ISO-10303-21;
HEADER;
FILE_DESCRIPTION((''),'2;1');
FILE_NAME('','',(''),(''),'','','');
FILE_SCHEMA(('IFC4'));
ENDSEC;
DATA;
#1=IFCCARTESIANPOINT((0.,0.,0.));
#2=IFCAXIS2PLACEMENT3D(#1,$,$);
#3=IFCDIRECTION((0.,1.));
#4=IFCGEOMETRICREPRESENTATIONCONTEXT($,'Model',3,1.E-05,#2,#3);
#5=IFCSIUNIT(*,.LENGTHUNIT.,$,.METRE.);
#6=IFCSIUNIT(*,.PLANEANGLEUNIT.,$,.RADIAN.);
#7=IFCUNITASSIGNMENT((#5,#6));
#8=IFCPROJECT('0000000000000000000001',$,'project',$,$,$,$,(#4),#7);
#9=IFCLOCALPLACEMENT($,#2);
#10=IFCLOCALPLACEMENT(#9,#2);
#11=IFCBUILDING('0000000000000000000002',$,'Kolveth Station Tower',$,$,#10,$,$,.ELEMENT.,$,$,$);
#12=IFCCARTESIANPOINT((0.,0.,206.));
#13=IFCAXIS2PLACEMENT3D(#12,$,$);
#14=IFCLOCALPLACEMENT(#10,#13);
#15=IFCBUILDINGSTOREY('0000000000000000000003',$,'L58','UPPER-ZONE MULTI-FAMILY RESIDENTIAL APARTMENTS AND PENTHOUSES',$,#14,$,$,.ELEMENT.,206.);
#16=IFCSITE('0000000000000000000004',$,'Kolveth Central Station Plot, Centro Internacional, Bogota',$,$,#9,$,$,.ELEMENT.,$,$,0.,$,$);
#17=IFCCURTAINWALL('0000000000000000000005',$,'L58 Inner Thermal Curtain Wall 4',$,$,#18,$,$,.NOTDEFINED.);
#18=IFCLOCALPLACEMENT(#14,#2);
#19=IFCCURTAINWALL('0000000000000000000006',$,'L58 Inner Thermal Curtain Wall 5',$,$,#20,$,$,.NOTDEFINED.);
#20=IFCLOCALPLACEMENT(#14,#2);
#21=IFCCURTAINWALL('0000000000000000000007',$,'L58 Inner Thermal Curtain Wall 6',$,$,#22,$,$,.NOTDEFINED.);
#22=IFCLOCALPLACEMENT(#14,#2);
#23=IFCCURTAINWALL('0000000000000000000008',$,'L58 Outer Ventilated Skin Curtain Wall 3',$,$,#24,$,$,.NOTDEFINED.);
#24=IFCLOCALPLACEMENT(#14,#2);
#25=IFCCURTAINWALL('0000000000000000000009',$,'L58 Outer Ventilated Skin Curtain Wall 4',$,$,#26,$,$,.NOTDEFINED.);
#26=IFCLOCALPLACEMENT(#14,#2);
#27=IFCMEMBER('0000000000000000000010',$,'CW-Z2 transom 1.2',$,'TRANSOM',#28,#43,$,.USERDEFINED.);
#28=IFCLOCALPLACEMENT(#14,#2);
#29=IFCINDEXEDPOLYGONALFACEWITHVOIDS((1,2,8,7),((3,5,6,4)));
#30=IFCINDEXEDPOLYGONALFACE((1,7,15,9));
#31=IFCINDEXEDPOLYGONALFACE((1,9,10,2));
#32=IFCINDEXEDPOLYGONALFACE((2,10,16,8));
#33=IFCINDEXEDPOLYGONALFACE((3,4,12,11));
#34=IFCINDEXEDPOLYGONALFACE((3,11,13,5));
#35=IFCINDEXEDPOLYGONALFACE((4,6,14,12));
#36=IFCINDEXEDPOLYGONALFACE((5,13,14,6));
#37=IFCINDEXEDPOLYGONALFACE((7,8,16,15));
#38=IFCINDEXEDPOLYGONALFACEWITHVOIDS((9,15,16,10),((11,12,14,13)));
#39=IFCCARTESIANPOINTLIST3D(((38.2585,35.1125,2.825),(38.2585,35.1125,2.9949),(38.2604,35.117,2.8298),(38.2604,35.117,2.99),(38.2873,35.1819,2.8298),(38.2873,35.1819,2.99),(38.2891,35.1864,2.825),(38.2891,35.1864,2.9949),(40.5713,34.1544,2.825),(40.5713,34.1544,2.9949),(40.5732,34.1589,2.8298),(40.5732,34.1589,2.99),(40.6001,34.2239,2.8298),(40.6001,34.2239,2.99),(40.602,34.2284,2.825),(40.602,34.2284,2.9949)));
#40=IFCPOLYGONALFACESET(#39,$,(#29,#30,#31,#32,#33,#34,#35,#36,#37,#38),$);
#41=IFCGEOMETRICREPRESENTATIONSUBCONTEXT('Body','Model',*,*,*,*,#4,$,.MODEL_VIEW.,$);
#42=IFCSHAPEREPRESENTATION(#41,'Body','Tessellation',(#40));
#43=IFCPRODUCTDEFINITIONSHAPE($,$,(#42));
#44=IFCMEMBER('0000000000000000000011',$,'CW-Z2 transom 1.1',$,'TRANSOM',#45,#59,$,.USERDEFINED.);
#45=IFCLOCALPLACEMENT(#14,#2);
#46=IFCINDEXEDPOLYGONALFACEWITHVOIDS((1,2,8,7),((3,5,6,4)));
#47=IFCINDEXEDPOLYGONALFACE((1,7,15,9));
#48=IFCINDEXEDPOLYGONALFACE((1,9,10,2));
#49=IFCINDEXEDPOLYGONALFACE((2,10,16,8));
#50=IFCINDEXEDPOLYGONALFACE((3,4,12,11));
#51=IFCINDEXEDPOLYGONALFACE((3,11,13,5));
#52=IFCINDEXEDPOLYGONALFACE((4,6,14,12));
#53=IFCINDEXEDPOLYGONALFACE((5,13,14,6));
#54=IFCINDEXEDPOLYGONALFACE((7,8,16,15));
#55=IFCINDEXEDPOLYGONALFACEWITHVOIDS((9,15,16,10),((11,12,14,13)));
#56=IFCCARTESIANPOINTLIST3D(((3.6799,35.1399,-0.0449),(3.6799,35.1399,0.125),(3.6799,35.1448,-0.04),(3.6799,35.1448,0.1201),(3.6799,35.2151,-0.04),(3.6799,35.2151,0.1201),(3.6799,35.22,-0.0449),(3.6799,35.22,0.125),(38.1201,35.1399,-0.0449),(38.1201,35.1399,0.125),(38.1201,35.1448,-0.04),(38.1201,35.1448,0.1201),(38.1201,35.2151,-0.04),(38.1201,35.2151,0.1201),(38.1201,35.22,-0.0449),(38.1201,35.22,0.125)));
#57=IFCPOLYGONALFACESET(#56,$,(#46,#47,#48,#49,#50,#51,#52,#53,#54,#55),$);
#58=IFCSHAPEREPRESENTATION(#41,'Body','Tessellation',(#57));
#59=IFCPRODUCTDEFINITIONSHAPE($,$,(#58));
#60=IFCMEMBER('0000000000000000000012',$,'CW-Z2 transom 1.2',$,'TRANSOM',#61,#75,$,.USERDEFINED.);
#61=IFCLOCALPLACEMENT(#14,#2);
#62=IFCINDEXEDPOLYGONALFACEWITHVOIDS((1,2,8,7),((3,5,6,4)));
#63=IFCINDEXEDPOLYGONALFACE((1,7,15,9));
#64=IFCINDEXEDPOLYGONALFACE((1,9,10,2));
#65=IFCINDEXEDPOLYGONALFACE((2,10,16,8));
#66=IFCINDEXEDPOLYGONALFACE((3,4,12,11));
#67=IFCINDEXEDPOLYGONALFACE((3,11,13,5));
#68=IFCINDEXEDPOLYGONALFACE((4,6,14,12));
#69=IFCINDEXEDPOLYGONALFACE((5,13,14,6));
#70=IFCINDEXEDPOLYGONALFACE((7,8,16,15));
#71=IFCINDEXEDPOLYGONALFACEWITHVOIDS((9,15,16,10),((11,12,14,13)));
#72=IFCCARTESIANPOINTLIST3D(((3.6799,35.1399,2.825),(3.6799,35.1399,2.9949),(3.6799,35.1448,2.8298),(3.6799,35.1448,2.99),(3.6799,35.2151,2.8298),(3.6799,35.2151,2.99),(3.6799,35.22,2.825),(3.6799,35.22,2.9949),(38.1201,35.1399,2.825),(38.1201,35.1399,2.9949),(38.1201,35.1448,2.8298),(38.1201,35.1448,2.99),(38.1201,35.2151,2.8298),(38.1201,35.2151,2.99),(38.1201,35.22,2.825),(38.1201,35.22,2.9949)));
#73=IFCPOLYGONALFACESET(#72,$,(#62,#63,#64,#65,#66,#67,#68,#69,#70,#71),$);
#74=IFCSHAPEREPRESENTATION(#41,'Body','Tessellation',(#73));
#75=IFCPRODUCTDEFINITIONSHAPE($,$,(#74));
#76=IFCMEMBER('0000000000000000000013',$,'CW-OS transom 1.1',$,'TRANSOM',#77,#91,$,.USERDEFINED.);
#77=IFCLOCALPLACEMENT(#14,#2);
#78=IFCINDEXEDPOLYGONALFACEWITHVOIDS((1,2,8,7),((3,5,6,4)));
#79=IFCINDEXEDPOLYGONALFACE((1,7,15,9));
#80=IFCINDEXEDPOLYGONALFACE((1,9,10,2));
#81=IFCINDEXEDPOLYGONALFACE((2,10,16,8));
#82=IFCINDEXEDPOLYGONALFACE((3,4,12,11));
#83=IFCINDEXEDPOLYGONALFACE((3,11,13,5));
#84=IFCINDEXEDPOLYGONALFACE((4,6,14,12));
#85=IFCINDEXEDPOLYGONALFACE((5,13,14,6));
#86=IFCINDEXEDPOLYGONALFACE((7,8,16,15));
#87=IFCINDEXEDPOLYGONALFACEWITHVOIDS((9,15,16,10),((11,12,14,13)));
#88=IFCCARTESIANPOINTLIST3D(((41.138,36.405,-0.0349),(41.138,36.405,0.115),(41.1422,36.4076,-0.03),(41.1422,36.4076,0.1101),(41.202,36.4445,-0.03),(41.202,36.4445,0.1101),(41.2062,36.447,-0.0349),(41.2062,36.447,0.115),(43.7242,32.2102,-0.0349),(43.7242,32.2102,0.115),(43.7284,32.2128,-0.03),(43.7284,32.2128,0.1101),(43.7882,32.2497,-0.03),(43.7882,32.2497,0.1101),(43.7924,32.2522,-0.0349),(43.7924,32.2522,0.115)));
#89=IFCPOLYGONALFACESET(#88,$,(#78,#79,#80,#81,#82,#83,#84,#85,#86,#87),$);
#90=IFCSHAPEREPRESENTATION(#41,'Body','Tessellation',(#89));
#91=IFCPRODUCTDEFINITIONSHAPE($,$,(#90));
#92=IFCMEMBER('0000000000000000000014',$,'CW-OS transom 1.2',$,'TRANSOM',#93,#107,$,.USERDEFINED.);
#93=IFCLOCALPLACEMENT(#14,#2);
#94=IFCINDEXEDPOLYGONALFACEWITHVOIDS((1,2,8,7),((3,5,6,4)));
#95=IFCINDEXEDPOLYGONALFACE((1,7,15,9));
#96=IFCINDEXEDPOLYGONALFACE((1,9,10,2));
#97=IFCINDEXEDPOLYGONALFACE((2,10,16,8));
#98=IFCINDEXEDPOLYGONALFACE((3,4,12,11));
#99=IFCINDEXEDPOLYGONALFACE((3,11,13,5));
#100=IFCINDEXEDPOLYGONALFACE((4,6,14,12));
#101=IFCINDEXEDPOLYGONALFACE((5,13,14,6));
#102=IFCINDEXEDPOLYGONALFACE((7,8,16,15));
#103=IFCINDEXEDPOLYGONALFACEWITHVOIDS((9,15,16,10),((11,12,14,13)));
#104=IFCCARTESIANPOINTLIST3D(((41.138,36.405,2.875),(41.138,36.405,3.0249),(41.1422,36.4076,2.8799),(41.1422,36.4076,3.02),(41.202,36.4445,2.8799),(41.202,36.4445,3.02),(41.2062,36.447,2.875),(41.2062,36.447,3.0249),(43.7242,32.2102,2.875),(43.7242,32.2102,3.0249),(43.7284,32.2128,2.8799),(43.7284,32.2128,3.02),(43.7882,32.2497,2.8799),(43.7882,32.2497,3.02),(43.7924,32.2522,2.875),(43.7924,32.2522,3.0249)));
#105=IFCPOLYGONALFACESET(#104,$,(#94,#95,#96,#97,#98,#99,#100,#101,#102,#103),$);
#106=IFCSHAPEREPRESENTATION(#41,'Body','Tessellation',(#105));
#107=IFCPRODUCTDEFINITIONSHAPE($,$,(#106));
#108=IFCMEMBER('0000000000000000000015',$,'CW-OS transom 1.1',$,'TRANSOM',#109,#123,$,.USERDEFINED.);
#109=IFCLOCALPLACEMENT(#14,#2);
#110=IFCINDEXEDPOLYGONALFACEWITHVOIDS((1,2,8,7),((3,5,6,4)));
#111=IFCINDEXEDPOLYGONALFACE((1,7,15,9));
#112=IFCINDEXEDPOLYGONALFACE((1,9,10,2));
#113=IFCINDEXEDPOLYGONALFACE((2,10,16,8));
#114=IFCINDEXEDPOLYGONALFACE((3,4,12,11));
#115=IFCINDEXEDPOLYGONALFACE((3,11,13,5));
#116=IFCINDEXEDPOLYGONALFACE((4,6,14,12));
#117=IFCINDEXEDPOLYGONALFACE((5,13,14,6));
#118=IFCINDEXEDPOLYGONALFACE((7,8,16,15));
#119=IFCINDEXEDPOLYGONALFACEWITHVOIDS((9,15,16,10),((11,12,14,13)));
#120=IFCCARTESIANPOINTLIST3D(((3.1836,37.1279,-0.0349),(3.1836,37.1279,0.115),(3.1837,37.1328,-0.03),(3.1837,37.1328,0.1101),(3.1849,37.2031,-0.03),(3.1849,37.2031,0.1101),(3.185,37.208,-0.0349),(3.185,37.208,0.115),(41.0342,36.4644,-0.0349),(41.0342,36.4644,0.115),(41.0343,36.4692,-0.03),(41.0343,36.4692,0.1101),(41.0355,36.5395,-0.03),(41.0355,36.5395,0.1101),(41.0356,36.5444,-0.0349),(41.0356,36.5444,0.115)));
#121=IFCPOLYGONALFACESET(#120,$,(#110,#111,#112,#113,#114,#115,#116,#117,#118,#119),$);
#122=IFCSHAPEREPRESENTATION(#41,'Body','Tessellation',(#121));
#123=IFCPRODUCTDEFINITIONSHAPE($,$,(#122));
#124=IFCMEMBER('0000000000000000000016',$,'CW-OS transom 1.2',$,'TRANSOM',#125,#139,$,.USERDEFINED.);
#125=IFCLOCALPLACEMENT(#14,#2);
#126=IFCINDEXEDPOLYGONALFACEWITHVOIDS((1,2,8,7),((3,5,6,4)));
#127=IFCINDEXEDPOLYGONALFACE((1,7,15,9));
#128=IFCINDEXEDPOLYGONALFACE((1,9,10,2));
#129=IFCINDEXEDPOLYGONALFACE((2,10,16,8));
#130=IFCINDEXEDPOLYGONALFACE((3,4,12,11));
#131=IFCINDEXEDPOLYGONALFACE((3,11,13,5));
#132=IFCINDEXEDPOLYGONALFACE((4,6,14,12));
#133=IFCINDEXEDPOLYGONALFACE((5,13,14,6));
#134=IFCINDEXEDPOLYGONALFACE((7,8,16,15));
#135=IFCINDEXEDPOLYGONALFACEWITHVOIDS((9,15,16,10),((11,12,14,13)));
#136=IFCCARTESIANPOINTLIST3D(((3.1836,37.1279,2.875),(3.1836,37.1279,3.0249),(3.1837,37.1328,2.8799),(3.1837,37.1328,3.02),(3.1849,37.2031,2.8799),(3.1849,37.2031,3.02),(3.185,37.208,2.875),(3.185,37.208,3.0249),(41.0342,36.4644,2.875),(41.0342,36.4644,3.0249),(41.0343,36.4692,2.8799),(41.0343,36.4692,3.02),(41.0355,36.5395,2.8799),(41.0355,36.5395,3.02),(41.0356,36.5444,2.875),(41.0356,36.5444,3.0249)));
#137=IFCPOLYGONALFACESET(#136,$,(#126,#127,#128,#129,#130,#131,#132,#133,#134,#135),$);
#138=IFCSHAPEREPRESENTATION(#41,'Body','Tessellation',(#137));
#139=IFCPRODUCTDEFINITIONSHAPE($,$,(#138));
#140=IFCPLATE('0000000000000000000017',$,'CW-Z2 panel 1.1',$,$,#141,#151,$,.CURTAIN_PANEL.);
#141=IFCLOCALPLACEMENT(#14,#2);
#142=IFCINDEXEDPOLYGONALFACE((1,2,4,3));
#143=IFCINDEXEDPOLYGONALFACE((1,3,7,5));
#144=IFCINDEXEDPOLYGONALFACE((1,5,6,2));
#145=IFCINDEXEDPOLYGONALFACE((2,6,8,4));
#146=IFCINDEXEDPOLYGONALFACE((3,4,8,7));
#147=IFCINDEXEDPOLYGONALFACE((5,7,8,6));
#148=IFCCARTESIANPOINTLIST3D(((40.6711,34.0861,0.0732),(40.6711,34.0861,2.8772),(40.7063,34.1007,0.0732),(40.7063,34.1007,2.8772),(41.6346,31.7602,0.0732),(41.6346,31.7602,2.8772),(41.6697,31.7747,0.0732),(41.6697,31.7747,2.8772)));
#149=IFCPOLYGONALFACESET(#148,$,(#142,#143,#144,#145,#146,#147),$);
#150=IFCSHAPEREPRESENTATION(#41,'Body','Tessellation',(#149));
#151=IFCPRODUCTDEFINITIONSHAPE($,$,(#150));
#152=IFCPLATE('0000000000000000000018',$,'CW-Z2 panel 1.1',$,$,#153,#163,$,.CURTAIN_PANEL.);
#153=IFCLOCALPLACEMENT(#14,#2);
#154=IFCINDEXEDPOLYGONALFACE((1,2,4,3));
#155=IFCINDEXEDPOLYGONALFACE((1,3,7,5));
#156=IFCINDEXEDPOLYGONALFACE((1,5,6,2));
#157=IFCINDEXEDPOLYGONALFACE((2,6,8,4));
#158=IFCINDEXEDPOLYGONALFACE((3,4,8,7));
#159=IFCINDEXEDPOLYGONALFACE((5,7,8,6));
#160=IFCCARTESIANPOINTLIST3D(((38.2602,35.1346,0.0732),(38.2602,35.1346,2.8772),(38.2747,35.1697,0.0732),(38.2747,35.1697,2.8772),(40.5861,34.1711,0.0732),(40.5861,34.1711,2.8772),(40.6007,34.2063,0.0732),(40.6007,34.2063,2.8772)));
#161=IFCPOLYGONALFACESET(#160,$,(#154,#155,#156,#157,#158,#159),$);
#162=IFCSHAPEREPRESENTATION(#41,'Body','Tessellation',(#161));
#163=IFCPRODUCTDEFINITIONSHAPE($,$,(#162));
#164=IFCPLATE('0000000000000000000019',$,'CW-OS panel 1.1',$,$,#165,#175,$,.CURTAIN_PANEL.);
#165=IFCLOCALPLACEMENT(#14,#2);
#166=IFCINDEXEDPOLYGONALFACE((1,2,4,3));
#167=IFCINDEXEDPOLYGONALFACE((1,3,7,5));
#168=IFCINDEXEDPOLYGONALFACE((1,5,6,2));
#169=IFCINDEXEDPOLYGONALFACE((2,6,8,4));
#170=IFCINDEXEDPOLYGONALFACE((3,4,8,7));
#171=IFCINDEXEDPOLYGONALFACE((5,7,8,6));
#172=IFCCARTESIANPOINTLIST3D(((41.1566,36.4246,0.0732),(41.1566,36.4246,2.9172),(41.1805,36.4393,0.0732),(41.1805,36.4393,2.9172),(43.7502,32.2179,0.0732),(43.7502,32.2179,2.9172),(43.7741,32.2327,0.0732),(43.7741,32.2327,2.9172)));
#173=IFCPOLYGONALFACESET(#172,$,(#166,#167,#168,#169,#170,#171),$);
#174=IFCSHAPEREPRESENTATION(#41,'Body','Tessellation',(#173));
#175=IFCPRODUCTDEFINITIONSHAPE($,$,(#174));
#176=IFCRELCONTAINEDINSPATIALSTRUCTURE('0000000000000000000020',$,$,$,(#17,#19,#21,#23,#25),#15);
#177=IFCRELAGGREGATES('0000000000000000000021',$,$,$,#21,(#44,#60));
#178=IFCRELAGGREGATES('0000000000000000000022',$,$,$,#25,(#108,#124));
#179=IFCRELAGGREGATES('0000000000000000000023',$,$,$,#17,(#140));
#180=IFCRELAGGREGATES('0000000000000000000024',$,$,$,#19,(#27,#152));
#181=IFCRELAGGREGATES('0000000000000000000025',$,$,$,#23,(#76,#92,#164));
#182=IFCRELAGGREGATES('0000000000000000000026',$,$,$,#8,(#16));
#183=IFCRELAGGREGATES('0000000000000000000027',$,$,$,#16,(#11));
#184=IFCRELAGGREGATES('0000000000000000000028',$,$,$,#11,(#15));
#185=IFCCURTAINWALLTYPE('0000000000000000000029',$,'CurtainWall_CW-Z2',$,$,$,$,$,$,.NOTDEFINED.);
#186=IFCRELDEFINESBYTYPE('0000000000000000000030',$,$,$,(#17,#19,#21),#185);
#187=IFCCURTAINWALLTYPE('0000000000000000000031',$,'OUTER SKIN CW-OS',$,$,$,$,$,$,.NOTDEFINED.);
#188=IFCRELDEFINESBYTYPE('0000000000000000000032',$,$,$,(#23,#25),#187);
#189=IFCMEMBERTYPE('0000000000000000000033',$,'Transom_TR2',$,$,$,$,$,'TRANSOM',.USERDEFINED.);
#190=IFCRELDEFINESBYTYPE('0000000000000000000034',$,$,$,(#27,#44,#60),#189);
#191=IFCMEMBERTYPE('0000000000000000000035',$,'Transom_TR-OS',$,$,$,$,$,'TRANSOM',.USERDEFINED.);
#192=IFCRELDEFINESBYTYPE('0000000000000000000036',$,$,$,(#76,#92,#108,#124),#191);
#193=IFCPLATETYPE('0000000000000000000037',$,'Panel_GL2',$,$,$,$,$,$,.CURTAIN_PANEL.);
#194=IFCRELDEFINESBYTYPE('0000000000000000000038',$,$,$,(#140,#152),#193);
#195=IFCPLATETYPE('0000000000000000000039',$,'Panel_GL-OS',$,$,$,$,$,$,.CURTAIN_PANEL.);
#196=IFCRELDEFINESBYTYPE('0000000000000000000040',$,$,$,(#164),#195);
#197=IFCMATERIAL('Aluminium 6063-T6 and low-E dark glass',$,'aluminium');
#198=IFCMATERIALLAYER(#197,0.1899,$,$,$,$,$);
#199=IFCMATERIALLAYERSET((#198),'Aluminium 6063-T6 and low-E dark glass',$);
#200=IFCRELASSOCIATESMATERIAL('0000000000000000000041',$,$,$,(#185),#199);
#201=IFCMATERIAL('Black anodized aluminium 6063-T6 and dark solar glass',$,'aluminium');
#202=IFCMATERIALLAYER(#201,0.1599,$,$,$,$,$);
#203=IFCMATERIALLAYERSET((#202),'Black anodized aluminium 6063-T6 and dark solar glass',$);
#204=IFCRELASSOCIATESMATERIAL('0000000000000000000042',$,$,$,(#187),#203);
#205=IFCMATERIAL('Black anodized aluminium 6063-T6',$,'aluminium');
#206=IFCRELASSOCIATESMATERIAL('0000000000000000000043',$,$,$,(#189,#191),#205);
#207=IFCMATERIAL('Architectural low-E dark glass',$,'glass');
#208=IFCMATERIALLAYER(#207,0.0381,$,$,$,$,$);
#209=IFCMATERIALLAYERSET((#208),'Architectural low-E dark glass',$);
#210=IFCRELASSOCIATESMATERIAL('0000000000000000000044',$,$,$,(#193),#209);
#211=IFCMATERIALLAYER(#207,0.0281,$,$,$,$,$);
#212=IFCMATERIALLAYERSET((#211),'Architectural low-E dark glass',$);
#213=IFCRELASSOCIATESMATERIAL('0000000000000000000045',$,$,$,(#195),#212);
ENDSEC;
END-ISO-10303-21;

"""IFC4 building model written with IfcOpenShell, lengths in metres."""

from ifc_helpers import new_model, si_unit, direction, frame, origin, origin_2d, place, context, subcontext, project, spatial, rectangle, hollow_rectangle, extrude, source, transform, mapped, material, layer, layer_set, material_profile, profile_set, type_object, element, aggregate, save


model = new_model("IFC4")

# Units and contexts
model_context = context("Model", 3, precision=1e-05, world=origin(), true_north=direction((0.0, 1.0)))
body_context = subcontext(model_context, "Body", "Model", "MODEL_VIEW")
ifc_project = project(units=[si_unit("LENGTHUNIT", "METRE"), si_unit("PLANEANGLEUNIT", "RADIAN")], contexts=[model_context])

# Site, building, storey
site_placement = place(None, origin())
site = spatial("IfcSite", under=ifc_project, at=site_placement, Name="Kolveth Central Station Plot, Centro Internacional, Bogota", CompositionType="ELEMENT", RefElevation=0.0)
building_placement = place(site_placement, origin())
building = spatial("IfcBuilding", under=site, at=building_placement, Name="Kolveth Station Tower", CompositionType="ELEMENT")
storey_placement = place(building_placement, frame((0.0, 0.0, 206.0)))
storey = spatial("IfcBuildingStorey", under=building, at=storey_placement, Name="L58", Description="UPPER-ZONE MULTI-FAMILY RESIDENTIAL APARTMENTS AND PENTHOUSES", CompositionType="ELEMENT", Elevation=206.0)

# Curtain wall
ifc_material_1 = material(Name="Aluminium 6063-T6 and low-E dark glass", Category="aluminium")
ifc_layer_1 = layer(ifc_material_1, 0.1899)
ifc_layer_set_1 = layer_set([ifc_layer_1], Name="Aluminium 6063-T6 and low-E dark glass")
curtain_wall_type_1 = type_object("IfcCurtainWallType", Name="CurtainWall_CW-Z2", PredefinedType="NOTDEFINED", material=ifc_layer_set_1)
curtain_wall_1_placement = place(storey_placement, origin())
curtain_wall_1 = element("IfcCurtainWall", 1, at=curtain_wall_1_placement, inside=storey, type_object=curtain_wall_type_1, Name="L58 Inner Thermal Curtain Wall 4", PredefinedType="NOTDEFINED")
ifc_material_2 = material(Name="Black anodized aluminium 6063-T6", Category="aluminium")

# Curtain wall
curtain_wall_2_placement = place(storey_placement, origin())
curtain_wall_2 = element("IfcCurtainWall", 2, at=curtain_wall_2_placement, inside=storey, type_object=curtain_wall_type_1, Name="L58 Inner Thermal Curtain Wall 5", PredefinedType="NOTDEFINED")

# Curtain wall
curtain_wall_3_placement = place(storey_placement, origin())
curtain_wall_3 = element("IfcCurtainWall", 3, at=curtain_wall_3_placement, inside=storey, type_object=curtain_wall_type_1, Name="L58 Inner Thermal Curtain Wall 6", PredefinedType="NOTDEFINED")
ifc_material_3 = material(Name="Black anodized aluminium 6063-T6 and dark solar glass", Category="aluminium")
ifc_layer_2 = layer(ifc_material_3, 0.1599)
ifc_layer_set_2 = layer_set([ifc_layer_2], Name="Black anodized aluminium 6063-T6 and dark solar glass")
curtain_wall_type_2 = type_object("IfcCurtainWallType", Name="OUTER SKIN CW-OS", PredefinedType="NOTDEFINED", material=ifc_layer_set_2)

# Curtain wall
curtain_wall_4_placement = place(storey_placement, origin())
curtain_wall_4 = element("IfcCurtainWall", 4, at=curtain_wall_4_placement, inside=storey, type_object=curtain_wall_type_2, Name="L58 Outer Ventilated Skin Curtain Wall 3", PredefinedType="NOTDEFINED")

# Curtain wall
curtain_wall_5_placement = place(storey_placement, origin())
curtain_wall_5 = element("IfcCurtainWall", 5, at=curtain_wall_5_placement, inside=storey, type_object=curtain_wall_type_2, Name="L58 Outer Ventilated Skin Curtain Wall 4", PredefinedType="NOTDEFINED")

# Members
ifc_material_profile_1 = material_profile(ifc_material_2, hollow_rectangle(XDim=0.0801, YDim=0.1699, WallThickness=0.0049, at=origin_2d()), Name="ALU-80x170x5")
ifc_profile_set_1 = profile_set([ifc_material_profile_1], Name="Black anodized aluminium 6063-T6")
member_type_1 = type_object("IfcMemberType", Name="Transom_TR2", ElementType="TRANSOM", PredefinedType="USERDEFINED", material=ifc_profile_set_1)
shared_shape_1 = source(origin(), body_context, "Body", "SweptSolid", [
    extrude(hollow_rectangle(XDim=0.0801, YDim=0.1699, WallThickness=0.0049, at=origin_2d()), origin(), (0.0, 0.0, 1.0), 2.5034),
])
member_1_placement = place(storey_placement, frame((40.5867, 34.1914, 2.9099), z_axis=(-0.923874, 0.382696, 0.0), x_axis=(-0.382696, -0.923874, 0.0)))
member_1 = element("IfcMember", 6, at=member_1_placement, type_object=member_type_1, Name="CW-Z2 transom 1.2", ObjectType="TRANSOM", PredefinedType="USERDEFINED", context=body_context, shape_type="MappedRepresentation", body=[
    mapped(shared_shape_1, transform((0.0, 0.0, 0.0), x_axis=(1.0, 0.0, 0.0), y_axis=(0.0, 1.0, 0.0), z_axis=(0.0, 0.0, 1.0), scale=1.0)),
])
shared_shape_2 = source(origin(), body_context, "Body", "SweptSolid", [
    extrude(hollow_rectangle(XDim=0.0801, YDim=0.1699, WallThickness=0.0049, at=origin_2d()), origin(), (0.0, 0.0, 1.0), 34.4402),
])
member_2_placement = place(storey_placement, frame((38.1201, 35.1799, 0.04), z_axis=(-1.0, 0.0, 0.0), x_axis=(0.0, -1.0, 0.0)))
member_2 = element("IfcMember", 7, at=member_2_placement, type_object=member_type_1, Name="CW-Z2 transom 1.1", ObjectType="TRANSOM", PredefinedType="USERDEFINED", context=body_context, shape_type="MappedRepresentation", body=[
    mapped(shared_shape_2, transform((0.0, 0.0, 0.0), x_axis=(1.0, 0.0, 0.0), y_axis=(0.0, 1.0, 0.0), z_axis=(0.0, 0.0, 1.0), scale=1.0)),
])
member_3_placement = place(storey_placement, frame((38.1201, 35.1799, 2.9099), z_axis=(-1.0, 0.0, 0.0), x_axis=(0.0, -1.0, 0.0)))
member_3 = element("IfcMember", 8, at=member_3_placement, type_object=member_type_1, Name="CW-Z2 transom 1.2", ObjectType="TRANSOM", PredefinedType="USERDEFINED", context=body_context, shape_type="MappedRepresentation", body=[
    mapped(shared_shape_2, transform((0.0, 0.0, 0.0), x_axis=(1.0, 0.0, 0.0), y_axis=(0.0, 1.0, 0.0), z_axis=(0.0, 0.0, 1.0), scale=1.0)),
])
aggregate(curtain_wall_3, [member_2, member_3])
ifc_material_profile_2 = material_profile(ifc_material_2, hollow_rectangle(XDim=0.0801, YDim=0.1499, WallThickness=0.0049, at=origin_2d()), Name="ALU-80x150x5")
ifc_profile_set_2 = profile_set([ifc_material_profile_2], Name="Black anodized aluminium 6063-T6")
member_type_2 = type_object("IfcMemberType", Name="Transom_TR-OS", ElementType="TRANSOM", PredefinedType="USERDEFINED", material=ifc_profile_set_2)
shared_shape_3 = source(origin(), body_context, "Body", "SweptSolid", [
    extrude(hollow_rectangle(XDim=0.0801, YDim=0.1499, WallThickness=0.0049, at=origin_2d()), origin(), (0.0, 0.0, 1.0), 4.928),
])
member_4_placement = place(storey_placement, frame((43.7583, 32.2312, 0.04), z_axis=(-0.524797, 0.851228, 0.0), x_axis=(-0.851228, -0.524797, 0.0)))
member_4 = element("IfcMember", 9, at=member_4_placement, type_object=member_type_2, Name="CW-OS transom 1.1", ObjectType="TRANSOM", PredefinedType="USERDEFINED", context=body_context, shape_type="MappedRepresentation", body=[
    mapped(shared_shape_3, transform((0.0, 0.0, 0.0), x_axis=(1.0, 0.0, 0.0), y_axis=(0.0, 1.0, 0.0), z_axis=(0.0, 0.0, 1.0), scale=1.0)),
])
member_5_placement = place(storey_placement, frame((43.7583, 32.2312, 2.95), z_axis=(-0.524797, 0.851228, 0.0), x_axis=(-0.851228, -0.524797, 0.0)))
member_5 = element("IfcMember", 10, at=member_5_placement, type_object=member_type_2, Name="CW-OS transom 1.2", ObjectType="TRANSOM", PredefinedType="USERDEFINED", context=body_context, shape_type="MappedRepresentation", body=[
    mapped(shared_shape_3, transform((0.0, 0.0, 0.0), x_axis=(1.0, 0.0, 0.0), y_axis=(0.0, 1.0, 0.0), z_axis=(0.0, 0.0, 1.0), scale=1.0)),
])
shared_shape_4 = source(origin(), body_context, "Body", "SweptSolid", [
    extrude(hollow_rectangle(XDim=0.0801, YDim=0.1499, WallThickness=0.0049, at=origin_2d()), origin(), (0.0, 0.0, 1.0), 37.8564),
])
member_6_placement = place(storey_placement, frame((41.0349, 36.5044, 0.04), z_axis=(-0.999846, 0.017529, 0.0), x_axis=(-0.017529, -0.999846, 0.0)))
member_6 = element("IfcMember", 11, at=member_6_placement, type_object=member_type_2, Name="CW-OS transom 1.1", ObjectType="TRANSOM", PredefinedType="USERDEFINED", context=body_context, shape_type="MappedRepresentation", body=[
    mapped(shared_shape_4, transform((0.0, 0.0, 0.0), x_axis=(1.0, 0.0, 0.0), y_axis=(0.0, 1.0, 0.0), z_axis=(0.0, 0.0, 1.0), scale=1.0)),
])
member_7_placement = place(storey_placement, frame((41.0349, 36.5044, 2.95), z_axis=(-0.999846, 0.017529, 0.0), x_axis=(-0.017529, -0.999846, 0.0)))
member_7 = element("IfcMember", 12, at=member_7_placement, type_object=member_type_2, Name="CW-OS transom 1.2", ObjectType="TRANSOM", PredefinedType="USERDEFINED", context=body_context, shape_type="MappedRepresentation", body=[
    mapped(shared_shape_4, transform((0.0, 0.0, 0.0), x_axis=(1.0, 0.0, 0.0), y_axis=(0.0, 1.0, 0.0), z_axis=(0.0, 0.0, 1.0), scale=1.0)),
])
aggregate(curtain_wall_5, [member_6, member_7])

# Plates
ifc_material_4 = material(Name="Architectural low-E dark glass", Category="glass")
ifc_layer_3 = layer(ifc_material_4, 0.0381)
ifc_layer_set_3 = layer_set([ifc_layer_3], Name="Architectural low-E dark glass")
plate_type_1 = type_object("IfcPlateType", Name="Panel_GL2", PredefinedType="CURTAIN_PANEL", material=ifc_layer_set_3)
shared_shape_5 = source(origin(), body_context, "Body", "SweptSolid", [
    extrude(rectangle(XDim=2.5176, YDim=0.0381, at=origin_2d()), origin(), (0.0, 0.0, 1.0), 2.804),
])
plate_1_placement = place(storey_placement, frame((41.1704, 32.9304, 0.0732), z_axis=(0.0, 0.0, 1.0), x_axis=(-0.382698, 0.923874, 0.0)))
plate_1 = element("IfcPlate", 13, at=plate_1_placement, type_object=plate_type_1, Name="CW-Z2 panel 1.1", PredefinedType="CURTAIN_PANEL", context=body_context, shape_type="MappedRepresentation", body=[
    mapped(shared_shape_5, transform((0.0, 0.0, 0.0), x_axis=(1.0, 0.0, 0.0), y_axis=(0.0, 1.0, 0.0), z_axis=(0.0, 0.0, 1.0), scale=1.0)),
])
aggregate(curtain_wall_1, [plate_1])
plate_2_placement = place(storey_placement, frame((39.4304, 34.6704, 0.0732), z_axis=(0.0, 0.0, 1.0), x_axis=(-0.923874, 0.382698, 0.0)))
plate_2 = element("IfcPlate", 14, at=plate_2_placement, type_object=plate_type_1, Name="CW-Z2 panel 1.1", PredefinedType="CURTAIN_PANEL", context=body_context, shape_type="MappedRepresentation", body=[
    mapped(shared_shape_5, transform((0.0, 0.0, 0.0), x_axis=(1.0, 0.0, 0.0), y_axis=(0.0, 1.0, 0.0), z_axis=(0.0, 0.0, 1.0), scale=1.0)),
])
aggregate(curtain_wall_2, [member_1, plate_2])
ifc_layer_4 = layer(ifc_material_4, 0.0281)
ifc_layer_set_4 = layer_set([ifc_layer_4], Name="Architectural low-E dark glass")
plate_type_2 = type_object("IfcPlateType", Name="Panel_GL-OS", PredefinedType="CURTAIN_PANEL", material=ifc_layer_set_4)
shared_shape_6 = source(origin(), body_context, "Body", "SweptSolid", [
    extrude(rectangle(XDim=4.9419, YDim=0.0281, at=origin_2d()), origin(), (0.0, 0.0, 1.0), 2.844),
])
plate_3_placement = place(storey_placement, frame((42.4653, 34.3286, 0.0732), z_axis=(0.0, 0.0, 1.0), x_axis=(-0.524808, 0.85122, 0.0)))
plate_3 = element("IfcPlate", 15, at=plate_3_placement, type_object=plate_type_2, Name="CW-OS panel 1.1", PredefinedType="CURTAIN_PANEL", context=body_context, shape_type="MappedRepresentation", body=[
    mapped(shared_shape_6, transform((0.0, 0.0, 0.0), x_axis=(1.0, 0.0, 0.0), y_axis=(0.0, 1.0, 0.0), z_axis=(0.0, 0.0, 1.0), scale=1.0)),
])
aggregate(curtain_wall_4, [member_4, member_5, plate_3])

save(model, "model.ifc")
